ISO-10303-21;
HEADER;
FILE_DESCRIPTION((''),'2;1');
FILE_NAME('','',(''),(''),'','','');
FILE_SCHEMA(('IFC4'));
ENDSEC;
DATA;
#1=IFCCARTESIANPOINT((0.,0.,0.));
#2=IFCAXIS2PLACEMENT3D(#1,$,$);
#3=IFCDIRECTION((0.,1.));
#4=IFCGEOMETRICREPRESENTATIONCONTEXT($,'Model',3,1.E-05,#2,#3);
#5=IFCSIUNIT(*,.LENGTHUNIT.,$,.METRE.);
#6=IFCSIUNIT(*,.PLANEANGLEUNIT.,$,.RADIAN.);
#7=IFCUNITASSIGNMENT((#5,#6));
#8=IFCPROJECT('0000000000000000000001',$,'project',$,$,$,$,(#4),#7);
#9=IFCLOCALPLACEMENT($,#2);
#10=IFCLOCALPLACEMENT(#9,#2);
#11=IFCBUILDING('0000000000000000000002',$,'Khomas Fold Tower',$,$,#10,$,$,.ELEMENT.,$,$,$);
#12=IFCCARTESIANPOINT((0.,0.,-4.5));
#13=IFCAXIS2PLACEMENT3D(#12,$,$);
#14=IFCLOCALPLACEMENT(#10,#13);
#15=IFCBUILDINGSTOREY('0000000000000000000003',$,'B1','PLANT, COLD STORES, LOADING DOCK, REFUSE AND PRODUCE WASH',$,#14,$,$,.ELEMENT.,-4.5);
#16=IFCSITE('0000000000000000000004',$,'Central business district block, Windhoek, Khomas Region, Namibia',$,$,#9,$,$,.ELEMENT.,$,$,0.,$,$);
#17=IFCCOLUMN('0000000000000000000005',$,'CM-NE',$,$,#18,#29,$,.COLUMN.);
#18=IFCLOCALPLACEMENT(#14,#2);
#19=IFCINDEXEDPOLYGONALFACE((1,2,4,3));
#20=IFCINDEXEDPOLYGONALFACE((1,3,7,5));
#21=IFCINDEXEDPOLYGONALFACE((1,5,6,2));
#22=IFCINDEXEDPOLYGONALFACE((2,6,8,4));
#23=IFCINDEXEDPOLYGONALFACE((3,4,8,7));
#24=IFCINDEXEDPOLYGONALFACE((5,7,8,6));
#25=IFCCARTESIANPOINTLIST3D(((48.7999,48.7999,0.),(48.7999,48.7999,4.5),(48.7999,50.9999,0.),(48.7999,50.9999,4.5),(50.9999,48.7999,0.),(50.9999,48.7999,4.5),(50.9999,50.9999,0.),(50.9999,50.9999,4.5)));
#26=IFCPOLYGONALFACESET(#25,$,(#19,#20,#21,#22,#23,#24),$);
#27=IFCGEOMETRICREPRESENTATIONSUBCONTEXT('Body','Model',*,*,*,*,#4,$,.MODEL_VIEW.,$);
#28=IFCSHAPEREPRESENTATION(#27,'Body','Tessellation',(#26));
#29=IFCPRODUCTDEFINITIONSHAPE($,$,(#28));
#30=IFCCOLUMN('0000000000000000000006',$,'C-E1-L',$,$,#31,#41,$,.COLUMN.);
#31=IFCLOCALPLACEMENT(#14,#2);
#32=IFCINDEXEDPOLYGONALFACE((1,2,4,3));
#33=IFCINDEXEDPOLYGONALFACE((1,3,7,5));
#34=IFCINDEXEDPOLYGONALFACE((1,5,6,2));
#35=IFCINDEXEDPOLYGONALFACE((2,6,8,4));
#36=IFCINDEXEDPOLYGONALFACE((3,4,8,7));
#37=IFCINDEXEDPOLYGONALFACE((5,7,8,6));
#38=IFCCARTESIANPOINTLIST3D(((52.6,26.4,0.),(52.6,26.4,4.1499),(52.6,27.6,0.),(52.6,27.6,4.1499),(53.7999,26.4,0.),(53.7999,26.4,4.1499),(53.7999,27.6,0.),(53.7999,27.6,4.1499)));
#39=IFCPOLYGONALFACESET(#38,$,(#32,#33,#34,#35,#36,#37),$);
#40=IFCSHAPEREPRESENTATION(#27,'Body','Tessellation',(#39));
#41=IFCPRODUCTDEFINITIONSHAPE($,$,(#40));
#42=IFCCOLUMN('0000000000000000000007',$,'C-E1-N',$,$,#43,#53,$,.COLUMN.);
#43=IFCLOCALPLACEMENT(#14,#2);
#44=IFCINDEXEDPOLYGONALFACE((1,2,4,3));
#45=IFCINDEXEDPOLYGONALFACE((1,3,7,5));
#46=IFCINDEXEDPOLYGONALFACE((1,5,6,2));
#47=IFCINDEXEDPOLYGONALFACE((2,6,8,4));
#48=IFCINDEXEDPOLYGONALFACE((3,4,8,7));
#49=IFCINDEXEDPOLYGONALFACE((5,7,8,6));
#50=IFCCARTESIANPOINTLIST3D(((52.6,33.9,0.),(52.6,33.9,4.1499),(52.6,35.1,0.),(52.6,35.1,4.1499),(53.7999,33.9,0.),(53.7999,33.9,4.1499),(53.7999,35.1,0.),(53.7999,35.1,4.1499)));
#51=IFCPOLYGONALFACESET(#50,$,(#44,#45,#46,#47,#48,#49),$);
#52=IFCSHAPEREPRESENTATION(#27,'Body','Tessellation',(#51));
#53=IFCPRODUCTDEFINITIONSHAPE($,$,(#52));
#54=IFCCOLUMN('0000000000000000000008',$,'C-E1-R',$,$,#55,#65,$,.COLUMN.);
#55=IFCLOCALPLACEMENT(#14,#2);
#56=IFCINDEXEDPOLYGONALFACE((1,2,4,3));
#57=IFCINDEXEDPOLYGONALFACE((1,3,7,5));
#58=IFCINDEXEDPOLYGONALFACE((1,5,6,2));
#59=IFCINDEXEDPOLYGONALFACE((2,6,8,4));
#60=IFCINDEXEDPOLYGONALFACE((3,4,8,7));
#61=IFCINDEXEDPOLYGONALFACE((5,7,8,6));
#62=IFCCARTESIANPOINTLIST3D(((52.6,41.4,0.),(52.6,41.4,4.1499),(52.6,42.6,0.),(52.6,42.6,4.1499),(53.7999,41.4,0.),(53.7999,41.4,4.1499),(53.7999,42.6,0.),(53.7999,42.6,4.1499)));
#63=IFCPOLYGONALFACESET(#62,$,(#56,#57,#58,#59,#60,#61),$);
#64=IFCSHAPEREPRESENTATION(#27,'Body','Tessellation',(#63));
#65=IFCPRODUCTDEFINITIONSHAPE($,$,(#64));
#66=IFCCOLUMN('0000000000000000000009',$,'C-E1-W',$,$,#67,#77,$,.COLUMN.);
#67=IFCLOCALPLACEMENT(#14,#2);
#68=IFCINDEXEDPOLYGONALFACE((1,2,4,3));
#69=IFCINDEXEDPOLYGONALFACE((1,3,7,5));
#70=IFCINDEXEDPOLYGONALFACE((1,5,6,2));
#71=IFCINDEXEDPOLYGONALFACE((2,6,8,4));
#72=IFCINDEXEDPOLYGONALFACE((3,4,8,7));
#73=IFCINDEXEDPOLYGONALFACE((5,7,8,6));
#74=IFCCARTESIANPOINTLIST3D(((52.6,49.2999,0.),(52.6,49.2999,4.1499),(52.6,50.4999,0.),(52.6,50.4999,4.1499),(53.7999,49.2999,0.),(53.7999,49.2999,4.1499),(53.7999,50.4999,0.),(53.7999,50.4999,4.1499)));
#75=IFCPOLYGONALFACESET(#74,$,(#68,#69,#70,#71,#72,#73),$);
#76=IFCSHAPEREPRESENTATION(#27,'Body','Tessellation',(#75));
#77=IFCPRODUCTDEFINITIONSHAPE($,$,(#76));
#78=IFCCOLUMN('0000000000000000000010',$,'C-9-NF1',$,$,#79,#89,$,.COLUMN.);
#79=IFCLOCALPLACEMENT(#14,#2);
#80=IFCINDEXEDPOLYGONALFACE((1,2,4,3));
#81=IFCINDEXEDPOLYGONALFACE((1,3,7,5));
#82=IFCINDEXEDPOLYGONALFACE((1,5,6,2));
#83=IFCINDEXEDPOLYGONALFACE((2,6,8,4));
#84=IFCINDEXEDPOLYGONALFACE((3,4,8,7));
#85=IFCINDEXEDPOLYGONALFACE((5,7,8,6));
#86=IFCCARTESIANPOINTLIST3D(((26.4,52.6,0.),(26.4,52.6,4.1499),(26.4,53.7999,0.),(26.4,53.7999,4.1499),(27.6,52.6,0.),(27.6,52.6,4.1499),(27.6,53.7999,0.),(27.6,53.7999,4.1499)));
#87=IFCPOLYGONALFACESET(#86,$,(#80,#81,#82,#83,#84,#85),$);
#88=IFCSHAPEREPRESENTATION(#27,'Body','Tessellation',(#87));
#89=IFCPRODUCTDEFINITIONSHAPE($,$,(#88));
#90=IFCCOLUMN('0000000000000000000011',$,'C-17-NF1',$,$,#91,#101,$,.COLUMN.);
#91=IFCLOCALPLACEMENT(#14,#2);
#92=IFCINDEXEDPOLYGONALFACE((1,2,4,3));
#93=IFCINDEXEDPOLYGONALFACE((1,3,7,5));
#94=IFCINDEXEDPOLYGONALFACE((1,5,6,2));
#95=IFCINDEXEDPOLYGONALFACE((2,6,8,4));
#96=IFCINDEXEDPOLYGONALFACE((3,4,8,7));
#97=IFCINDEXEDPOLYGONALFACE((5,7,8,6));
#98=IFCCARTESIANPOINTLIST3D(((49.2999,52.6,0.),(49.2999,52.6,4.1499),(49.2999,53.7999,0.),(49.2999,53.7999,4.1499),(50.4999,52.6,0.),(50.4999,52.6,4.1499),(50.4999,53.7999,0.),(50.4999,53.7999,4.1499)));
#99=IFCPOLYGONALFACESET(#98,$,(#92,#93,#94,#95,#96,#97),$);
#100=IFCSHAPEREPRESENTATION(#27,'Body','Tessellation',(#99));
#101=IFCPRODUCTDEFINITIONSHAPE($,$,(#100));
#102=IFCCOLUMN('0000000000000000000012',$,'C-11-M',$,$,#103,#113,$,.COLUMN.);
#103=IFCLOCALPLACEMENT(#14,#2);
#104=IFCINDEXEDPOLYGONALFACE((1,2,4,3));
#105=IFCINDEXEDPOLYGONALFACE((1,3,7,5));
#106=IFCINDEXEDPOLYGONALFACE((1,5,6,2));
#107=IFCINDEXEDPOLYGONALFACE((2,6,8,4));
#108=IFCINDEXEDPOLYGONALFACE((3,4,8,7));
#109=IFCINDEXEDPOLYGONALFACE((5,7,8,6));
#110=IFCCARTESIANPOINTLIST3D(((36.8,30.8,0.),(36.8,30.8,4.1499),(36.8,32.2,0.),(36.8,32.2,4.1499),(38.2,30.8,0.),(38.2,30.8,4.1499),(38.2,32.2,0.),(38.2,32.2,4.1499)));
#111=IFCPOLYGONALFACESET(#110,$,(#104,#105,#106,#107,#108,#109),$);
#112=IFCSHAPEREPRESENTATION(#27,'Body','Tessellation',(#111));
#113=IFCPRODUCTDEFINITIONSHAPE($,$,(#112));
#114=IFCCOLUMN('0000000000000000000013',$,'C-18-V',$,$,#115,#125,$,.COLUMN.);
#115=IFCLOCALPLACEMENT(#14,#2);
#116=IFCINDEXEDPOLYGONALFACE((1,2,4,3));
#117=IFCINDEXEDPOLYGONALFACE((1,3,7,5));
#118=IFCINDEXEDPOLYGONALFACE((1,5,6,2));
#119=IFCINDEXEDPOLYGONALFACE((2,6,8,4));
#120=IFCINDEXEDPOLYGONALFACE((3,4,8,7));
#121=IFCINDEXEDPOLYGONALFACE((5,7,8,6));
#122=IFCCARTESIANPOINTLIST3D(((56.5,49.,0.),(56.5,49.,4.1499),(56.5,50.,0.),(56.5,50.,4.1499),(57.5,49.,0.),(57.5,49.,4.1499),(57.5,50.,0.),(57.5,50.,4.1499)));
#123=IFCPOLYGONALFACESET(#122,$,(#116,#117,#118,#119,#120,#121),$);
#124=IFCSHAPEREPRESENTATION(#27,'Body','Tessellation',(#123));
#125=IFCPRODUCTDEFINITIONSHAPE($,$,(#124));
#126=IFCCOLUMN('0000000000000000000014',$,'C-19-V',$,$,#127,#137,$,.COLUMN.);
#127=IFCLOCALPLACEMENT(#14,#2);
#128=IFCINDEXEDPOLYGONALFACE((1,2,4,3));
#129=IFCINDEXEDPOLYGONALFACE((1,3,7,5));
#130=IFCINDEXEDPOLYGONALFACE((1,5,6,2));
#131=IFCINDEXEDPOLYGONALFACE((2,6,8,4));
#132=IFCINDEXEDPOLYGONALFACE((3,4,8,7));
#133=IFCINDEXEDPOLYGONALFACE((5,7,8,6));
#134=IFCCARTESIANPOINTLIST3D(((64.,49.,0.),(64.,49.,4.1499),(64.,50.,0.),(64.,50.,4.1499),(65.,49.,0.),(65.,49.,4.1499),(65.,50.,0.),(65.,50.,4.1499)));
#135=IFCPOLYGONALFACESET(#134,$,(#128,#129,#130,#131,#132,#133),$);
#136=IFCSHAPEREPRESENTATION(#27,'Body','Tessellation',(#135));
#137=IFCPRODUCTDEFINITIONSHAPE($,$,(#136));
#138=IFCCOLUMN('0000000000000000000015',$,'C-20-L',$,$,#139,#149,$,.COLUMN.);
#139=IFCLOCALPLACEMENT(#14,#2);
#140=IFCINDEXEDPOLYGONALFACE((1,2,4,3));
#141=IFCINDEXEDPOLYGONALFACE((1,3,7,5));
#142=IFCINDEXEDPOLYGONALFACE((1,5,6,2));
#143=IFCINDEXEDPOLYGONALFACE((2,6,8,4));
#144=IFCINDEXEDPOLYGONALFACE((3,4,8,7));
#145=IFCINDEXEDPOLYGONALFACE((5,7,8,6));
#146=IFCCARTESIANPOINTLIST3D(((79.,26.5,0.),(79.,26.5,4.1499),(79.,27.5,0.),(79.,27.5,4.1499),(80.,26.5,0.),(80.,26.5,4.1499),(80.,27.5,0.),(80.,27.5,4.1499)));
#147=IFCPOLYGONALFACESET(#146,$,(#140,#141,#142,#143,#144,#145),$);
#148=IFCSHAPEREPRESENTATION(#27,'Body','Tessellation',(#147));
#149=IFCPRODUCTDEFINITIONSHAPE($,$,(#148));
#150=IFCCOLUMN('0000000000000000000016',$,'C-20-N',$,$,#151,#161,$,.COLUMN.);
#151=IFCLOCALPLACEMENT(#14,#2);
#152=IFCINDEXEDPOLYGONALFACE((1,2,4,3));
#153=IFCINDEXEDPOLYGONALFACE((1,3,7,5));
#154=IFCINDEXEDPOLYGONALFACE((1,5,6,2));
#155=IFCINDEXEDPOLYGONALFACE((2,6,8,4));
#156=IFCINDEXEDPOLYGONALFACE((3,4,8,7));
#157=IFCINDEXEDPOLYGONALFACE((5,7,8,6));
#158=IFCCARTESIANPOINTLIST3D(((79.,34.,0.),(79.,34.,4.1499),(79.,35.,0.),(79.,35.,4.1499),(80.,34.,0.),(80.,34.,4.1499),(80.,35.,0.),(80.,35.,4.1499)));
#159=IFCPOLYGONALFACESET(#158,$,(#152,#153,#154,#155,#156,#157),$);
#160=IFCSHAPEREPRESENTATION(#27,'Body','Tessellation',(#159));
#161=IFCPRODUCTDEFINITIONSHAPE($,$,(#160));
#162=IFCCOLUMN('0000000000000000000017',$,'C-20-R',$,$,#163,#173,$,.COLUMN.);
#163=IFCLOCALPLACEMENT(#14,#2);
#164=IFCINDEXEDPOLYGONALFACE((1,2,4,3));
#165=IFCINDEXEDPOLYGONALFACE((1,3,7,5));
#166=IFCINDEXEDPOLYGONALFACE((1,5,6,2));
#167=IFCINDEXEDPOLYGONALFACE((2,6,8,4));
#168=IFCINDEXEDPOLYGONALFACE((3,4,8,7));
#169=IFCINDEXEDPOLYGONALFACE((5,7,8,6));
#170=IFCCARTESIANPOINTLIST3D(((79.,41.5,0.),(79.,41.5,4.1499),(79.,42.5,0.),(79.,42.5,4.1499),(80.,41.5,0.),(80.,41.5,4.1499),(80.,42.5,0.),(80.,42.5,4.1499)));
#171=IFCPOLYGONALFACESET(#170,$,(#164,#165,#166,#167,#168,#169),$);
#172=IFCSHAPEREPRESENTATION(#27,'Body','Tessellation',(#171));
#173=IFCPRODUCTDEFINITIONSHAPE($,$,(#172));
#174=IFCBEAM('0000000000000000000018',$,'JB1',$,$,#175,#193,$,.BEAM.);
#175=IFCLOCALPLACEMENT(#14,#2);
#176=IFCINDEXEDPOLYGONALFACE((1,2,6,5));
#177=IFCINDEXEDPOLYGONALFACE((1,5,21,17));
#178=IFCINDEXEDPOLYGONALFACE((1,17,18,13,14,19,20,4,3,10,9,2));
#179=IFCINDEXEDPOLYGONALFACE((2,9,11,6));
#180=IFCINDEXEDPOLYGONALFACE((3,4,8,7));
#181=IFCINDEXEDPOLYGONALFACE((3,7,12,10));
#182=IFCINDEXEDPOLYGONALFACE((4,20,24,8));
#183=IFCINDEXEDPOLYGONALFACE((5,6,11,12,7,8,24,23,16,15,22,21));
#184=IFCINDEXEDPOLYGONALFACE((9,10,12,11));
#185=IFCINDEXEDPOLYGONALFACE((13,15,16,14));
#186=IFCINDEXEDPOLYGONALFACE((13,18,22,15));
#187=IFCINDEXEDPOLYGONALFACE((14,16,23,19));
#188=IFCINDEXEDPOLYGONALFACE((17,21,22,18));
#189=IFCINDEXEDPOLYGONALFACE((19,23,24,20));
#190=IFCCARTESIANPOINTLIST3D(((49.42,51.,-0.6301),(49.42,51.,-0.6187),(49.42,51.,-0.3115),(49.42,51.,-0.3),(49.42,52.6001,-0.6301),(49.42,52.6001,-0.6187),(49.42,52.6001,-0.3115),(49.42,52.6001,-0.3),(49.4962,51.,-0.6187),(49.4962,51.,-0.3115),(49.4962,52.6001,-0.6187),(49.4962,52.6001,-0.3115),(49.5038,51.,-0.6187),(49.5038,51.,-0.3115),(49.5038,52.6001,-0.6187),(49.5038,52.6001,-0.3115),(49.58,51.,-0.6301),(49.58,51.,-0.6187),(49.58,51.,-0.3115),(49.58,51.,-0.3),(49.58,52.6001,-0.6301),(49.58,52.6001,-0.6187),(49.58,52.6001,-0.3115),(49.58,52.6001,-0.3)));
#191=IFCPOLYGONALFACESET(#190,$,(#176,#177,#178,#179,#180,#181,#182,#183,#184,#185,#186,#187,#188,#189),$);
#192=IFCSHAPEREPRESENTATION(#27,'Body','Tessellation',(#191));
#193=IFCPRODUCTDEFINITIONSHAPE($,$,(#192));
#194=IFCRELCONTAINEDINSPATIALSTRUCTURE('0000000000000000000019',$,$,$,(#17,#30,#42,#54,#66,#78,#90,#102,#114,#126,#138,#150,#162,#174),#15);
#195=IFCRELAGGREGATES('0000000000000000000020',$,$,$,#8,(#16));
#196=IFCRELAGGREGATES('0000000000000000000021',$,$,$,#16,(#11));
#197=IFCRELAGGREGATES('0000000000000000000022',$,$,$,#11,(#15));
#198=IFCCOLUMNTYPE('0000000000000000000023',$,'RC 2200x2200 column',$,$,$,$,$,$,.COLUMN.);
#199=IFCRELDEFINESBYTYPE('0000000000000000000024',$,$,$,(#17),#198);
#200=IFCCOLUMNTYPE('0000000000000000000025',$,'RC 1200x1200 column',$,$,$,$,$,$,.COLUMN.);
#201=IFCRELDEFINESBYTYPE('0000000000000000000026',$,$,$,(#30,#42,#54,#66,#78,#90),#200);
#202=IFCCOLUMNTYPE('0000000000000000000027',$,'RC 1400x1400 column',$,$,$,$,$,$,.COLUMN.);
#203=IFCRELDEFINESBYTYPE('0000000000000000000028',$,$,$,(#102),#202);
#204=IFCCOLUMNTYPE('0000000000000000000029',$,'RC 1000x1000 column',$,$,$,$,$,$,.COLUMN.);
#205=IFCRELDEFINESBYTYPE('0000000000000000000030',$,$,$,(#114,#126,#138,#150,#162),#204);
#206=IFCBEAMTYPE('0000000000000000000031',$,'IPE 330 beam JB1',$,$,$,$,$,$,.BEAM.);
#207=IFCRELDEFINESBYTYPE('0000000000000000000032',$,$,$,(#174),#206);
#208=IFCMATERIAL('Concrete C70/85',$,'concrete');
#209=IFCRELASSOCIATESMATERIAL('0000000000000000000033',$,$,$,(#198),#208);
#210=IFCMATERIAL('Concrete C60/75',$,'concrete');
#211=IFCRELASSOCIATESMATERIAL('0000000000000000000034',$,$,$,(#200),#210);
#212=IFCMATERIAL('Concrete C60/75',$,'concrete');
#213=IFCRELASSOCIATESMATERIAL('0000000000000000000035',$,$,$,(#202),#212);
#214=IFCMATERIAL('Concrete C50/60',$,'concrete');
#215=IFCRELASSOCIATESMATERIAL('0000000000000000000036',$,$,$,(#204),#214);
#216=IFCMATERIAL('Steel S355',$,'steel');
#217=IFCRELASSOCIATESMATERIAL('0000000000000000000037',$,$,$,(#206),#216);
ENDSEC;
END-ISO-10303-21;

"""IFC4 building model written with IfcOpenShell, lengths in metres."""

from ifc_helpers import new_model, si_unit, direction, frame, origin, origin_2d, place, context, subcontext, project, spatial, rectangle, i_section, extrude, source, transform, mapped, material, material_profile, profile_set, type_object, element, save


model = new_model("IFC4")

# Units and contexts
model_context = context("Model", 3, precision=1e-05, world=origin(), true_north=direction((0.0, 1.0)))
body_context = subcontext(model_context, "Body", "Model", "MODEL_VIEW")
ifc_project = project(units=[si_unit("LENGTHUNIT", "METRE"), si_unit("PLANEANGLEUNIT", "RADIAN")], contexts=[model_context])

# Site, building, storey
site_placement = place(None, origin())
site = spatial("IfcSite", under=ifc_project, at=site_placement, Name="Central business district block, Windhoek, Khomas Region, Namibia", CompositionType="ELEMENT", RefElevation=0.0)
building_placement = place(site_placement, origin())
building = spatial("IfcBuilding", under=site, at=building_placement, Name="Khomas Fold Tower", CompositionType="ELEMENT")
storey_placement = place(building_placement, frame((0.0, 0.0, -4.5)))
storey = spatial("IfcBuildingStorey", under=building, at=storey_placement, Name="B1", Description="PLANT, COLD STORES, LOADING DOCK, REFUSE AND PRODUCE WASH", CompositionType="ELEMENT", Elevation=-4.5)

# Columns
ifc_material_1 = material(Name="Concrete C70/85", Category="concrete")
ifc_material_profile_1 = material_profile(ifc_material_1, rectangle(XDim=2.2, YDim=2.2, at=origin_2d()), Name="RC 2200x2200")
ifc_profile_set_1 = profile_set([ifc_material_profile_1], Name="Concrete C70/85")
column_type_1 = type_object("IfcColumnType", Name="RC 2200x2200 column", PredefinedType="COLUMN", material=ifc_profile_set_1)
shared_shape_1 = source(origin(), body_context, "Body", "SweptSolid", [
    extrude(rectangle(XDim=2.2, YDim=2.2, at=origin_2d()), origin(), (0.0, 0.0, 1.0), 4.5),
])
column_1_placement = place(storey_placement, frame((49.8999, 49.8999, 0.0), z_axis=(0.0, 0.0, 1.0), x_axis=(1.0, 0.0, 0.0)))
element("IfcColumn", 1, at=column_1_placement, inside=storey, type_object=column_type_1, Name="CM-NE", PredefinedType="COLUMN", context=body_context, shape_type="MappedRepresentation", body=[
    mapped(shared_shape_1, transform((0.0, 0.0, 0.0))),
])
ifc_material_2 = material(Name="Concrete C60/75", Category="concrete")
ifc_material_profile_2 = material_profile(ifc_material_2, rectangle(XDim=1.2, YDim=1.2, at=origin_2d()), Name="RC 1200x1200")
ifc_profile_set_2 = profile_set([ifc_material_profile_2], Name="Concrete C60/75")
column_type_2 = type_object("IfcColumnType", Name="RC 1200x1200 column", PredefinedType="COLUMN", material=ifc_profile_set_2)
shared_shape_2 = source(origin(), body_context, "Body", "SweptSolid", [
    extrude(rectangle(XDim=1.2, YDim=1.2, at=origin_2d()), origin(), (0.0, 0.0, 1.0), 4.1499),
])
for number, where, z_axis, x_axis, name in (
    (2, (53.2, 27.0, 0.0), (0.0, 0.0, 1.0), (1.0, 0.0, 0.0), "C-E1-L"),
    (3, (53.2, 34.5, 0.0), (0.0, 0.0, 1.0), (1.0, 0.0, 0.0), "C-E1-N"),
    (4, (53.2, 42.0, 0.0), (0.0, 0.0, 1.0), (1.0, 0.0, 0.0), "C-E1-R"),
    (5, (53.2, 49.8999, 0.0), (0.0, 0.0, 1.0), (1.0, 0.0, 0.0), "C-E1-W"),
    (6, (27.0, 53.2, 0.0), (0.0, 0.0, 1.0), (1.0, 0.0, 0.0), "C-9-NF1"),
    (7, (49.8999, 53.2, 0.0), (0.0, 0.0, 1.0), (1.0, 0.0, 0.0), "C-17-NF1"),
):
    element("IfcColumn", number, at=place(storey_placement, frame(where, z_axis=z_axis, x_axis=x_axis)), inside=storey, type_object=column_type_2, Name=name, PredefinedType="COLUMN", context=body_context, shape_type="MappedRepresentation", body=[
        mapped(shared_shape_2, transform((0.0, 0.0, 0.0))),
    ])
ifc_material_3 = material(Name="Concrete C60/75", Category="concrete")
ifc_material_profile_3 = material_profile(ifc_material_3, rectangle(XDim=1.3999, YDim=1.3999, at=origin_2d()), Name="RC 1400x1400")
ifc_profile_set_3 = profile_set([ifc_material_profile_3], Name="Concrete C60/75")
column_type_3 = type_object("IfcColumnType", Name="RC 1400x1400 column", PredefinedType="COLUMN", material=ifc_profile_set_3)
shared_shape_3 = source(origin(), body_context, "Body", "SweptSolid", [
    extrude(rectangle(XDim=1.3999, YDim=1.3999, at=origin_2d()), origin(), (0.0, 0.0, 1.0), 4.1499),
])
column_2_placement = place(storey_placement, frame((37.5, 31.5, 0.0), z_axis=(0.0, 0.0, 1.0), x_axis=(1.0, 0.0, 0.0)))
element("IfcColumn", 8, at=column_2_placement, inside=storey, type_object=column_type_3, Name="C-11-M", PredefinedType="COLUMN", context=body_context, shape_type="MappedRepresentation", body=[
    mapped(shared_shape_3, transform((0.0, 0.0, 0.0))),
])
ifc_material_4 = material(Name="Concrete C50/60", Category="concrete")
ifc_material_profile_4 = material_profile(ifc_material_4, rectangle(XDim=1.0, YDim=1.0, at=origin_2d()), Name="RC 1000x1000")
ifc_profile_set_4 = profile_set([ifc_material_profile_4], Name="Concrete C50/60")
column_type_4 = type_object("IfcColumnType", Name="RC 1000x1000 column", PredefinedType="COLUMN", material=ifc_profile_set_4)
shared_shape_4 = source(origin(), body_context, "Body", "SweptSolid", [
    extrude(rectangle(XDim=1.0, YDim=1.0, at=origin_2d()), origin(), (0.0, 0.0, 1.0), 4.1499),
])
for number, where, z_axis, x_axis, name in (
    (9, (57.0, 49.5, 0.0), (0.0, 0.0, 1.0), (1.0, 0.0, 0.0), "C-18-V"),
    (10, (64.5, 49.5, 0.0), (0.0, 0.0, 1.0), (1.0, 0.0, 0.0), "C-19-V"),
    (11, (79.5, 27.0, 0.0), (0.0, 0.0, 1.0), (1.0, 0.0, 0.0), "C-20-L"),
    (12, (79.5, 34.5, 0.0), (0.0, 0.0, 1.0), (1.0, 0.0, 0.0), "C-20-N"),
    (13, (79.5, 42.0, 0.0), (0.0, 0.0, 1.0), (1.0, 0.0, 0.0), "C-20-R"),
):
    element("IfcColumn", number, at=place(storey_placement, frame(where, z_axis=z_axis, x_axis=x_axis)), inside=storey, type_object=column_type_4, Name=name, PredefinedType="COLUMN", context=body_context, shape_type="MappedRepresentation", body=[
        mapped(shared_shape_4, transform((0.0, 0.0, 0.0))),
    ])

# Beam
ifc_material_5 = material(Name="Steel S355", Category="steel")
ifc_material_profile_5 = material_profile(ifc_material_5, i_section(OverallWidth=0.1599, OverallDepth=0.3301, WebThickness=0.0076, FlangeThickness=0.0115, at=origin_2d()), Name="IPE 330")
ifc_profile_set_5 = profile_set([ifc_material_profile_5], Name="Steel S355")
beam_type_1 = type_object("IfcBeamType", Name="IPE 330 beam JB1", PredefinedType="BEAM", material=ifc_profile_set_5)
shared_shape_5 = source(origin(), body_context, "Body", "SweptSolid", [
    extrude(i_section(OverallWidth=0.1599, OverallDepth=0.3301, WebThickness=0.0076, FlangeThickness=0.0115, at=origin_2d()), origin(), (0.0, 0.0, 1.0), 1.6001),
])
beam_1_placement = place(storey_placement, frame((49.5, 51.0, -0.4651), z_axis=(0.0, 1.0, 0.0), x_axis=(-1.0, 0.0, 0.0)))
element("IfcBeam", 14, at=beam_1_placement, inside=storey, type_object=beam_type_1, Name="JB1", PredefinedType="BEAM", context=body_context, shape_type="MappedRepresentation", body=[
    mapped(shared_shape_5, transform((0.0, 0.0, 0.0))),
])

save(model, "model.ifc")
